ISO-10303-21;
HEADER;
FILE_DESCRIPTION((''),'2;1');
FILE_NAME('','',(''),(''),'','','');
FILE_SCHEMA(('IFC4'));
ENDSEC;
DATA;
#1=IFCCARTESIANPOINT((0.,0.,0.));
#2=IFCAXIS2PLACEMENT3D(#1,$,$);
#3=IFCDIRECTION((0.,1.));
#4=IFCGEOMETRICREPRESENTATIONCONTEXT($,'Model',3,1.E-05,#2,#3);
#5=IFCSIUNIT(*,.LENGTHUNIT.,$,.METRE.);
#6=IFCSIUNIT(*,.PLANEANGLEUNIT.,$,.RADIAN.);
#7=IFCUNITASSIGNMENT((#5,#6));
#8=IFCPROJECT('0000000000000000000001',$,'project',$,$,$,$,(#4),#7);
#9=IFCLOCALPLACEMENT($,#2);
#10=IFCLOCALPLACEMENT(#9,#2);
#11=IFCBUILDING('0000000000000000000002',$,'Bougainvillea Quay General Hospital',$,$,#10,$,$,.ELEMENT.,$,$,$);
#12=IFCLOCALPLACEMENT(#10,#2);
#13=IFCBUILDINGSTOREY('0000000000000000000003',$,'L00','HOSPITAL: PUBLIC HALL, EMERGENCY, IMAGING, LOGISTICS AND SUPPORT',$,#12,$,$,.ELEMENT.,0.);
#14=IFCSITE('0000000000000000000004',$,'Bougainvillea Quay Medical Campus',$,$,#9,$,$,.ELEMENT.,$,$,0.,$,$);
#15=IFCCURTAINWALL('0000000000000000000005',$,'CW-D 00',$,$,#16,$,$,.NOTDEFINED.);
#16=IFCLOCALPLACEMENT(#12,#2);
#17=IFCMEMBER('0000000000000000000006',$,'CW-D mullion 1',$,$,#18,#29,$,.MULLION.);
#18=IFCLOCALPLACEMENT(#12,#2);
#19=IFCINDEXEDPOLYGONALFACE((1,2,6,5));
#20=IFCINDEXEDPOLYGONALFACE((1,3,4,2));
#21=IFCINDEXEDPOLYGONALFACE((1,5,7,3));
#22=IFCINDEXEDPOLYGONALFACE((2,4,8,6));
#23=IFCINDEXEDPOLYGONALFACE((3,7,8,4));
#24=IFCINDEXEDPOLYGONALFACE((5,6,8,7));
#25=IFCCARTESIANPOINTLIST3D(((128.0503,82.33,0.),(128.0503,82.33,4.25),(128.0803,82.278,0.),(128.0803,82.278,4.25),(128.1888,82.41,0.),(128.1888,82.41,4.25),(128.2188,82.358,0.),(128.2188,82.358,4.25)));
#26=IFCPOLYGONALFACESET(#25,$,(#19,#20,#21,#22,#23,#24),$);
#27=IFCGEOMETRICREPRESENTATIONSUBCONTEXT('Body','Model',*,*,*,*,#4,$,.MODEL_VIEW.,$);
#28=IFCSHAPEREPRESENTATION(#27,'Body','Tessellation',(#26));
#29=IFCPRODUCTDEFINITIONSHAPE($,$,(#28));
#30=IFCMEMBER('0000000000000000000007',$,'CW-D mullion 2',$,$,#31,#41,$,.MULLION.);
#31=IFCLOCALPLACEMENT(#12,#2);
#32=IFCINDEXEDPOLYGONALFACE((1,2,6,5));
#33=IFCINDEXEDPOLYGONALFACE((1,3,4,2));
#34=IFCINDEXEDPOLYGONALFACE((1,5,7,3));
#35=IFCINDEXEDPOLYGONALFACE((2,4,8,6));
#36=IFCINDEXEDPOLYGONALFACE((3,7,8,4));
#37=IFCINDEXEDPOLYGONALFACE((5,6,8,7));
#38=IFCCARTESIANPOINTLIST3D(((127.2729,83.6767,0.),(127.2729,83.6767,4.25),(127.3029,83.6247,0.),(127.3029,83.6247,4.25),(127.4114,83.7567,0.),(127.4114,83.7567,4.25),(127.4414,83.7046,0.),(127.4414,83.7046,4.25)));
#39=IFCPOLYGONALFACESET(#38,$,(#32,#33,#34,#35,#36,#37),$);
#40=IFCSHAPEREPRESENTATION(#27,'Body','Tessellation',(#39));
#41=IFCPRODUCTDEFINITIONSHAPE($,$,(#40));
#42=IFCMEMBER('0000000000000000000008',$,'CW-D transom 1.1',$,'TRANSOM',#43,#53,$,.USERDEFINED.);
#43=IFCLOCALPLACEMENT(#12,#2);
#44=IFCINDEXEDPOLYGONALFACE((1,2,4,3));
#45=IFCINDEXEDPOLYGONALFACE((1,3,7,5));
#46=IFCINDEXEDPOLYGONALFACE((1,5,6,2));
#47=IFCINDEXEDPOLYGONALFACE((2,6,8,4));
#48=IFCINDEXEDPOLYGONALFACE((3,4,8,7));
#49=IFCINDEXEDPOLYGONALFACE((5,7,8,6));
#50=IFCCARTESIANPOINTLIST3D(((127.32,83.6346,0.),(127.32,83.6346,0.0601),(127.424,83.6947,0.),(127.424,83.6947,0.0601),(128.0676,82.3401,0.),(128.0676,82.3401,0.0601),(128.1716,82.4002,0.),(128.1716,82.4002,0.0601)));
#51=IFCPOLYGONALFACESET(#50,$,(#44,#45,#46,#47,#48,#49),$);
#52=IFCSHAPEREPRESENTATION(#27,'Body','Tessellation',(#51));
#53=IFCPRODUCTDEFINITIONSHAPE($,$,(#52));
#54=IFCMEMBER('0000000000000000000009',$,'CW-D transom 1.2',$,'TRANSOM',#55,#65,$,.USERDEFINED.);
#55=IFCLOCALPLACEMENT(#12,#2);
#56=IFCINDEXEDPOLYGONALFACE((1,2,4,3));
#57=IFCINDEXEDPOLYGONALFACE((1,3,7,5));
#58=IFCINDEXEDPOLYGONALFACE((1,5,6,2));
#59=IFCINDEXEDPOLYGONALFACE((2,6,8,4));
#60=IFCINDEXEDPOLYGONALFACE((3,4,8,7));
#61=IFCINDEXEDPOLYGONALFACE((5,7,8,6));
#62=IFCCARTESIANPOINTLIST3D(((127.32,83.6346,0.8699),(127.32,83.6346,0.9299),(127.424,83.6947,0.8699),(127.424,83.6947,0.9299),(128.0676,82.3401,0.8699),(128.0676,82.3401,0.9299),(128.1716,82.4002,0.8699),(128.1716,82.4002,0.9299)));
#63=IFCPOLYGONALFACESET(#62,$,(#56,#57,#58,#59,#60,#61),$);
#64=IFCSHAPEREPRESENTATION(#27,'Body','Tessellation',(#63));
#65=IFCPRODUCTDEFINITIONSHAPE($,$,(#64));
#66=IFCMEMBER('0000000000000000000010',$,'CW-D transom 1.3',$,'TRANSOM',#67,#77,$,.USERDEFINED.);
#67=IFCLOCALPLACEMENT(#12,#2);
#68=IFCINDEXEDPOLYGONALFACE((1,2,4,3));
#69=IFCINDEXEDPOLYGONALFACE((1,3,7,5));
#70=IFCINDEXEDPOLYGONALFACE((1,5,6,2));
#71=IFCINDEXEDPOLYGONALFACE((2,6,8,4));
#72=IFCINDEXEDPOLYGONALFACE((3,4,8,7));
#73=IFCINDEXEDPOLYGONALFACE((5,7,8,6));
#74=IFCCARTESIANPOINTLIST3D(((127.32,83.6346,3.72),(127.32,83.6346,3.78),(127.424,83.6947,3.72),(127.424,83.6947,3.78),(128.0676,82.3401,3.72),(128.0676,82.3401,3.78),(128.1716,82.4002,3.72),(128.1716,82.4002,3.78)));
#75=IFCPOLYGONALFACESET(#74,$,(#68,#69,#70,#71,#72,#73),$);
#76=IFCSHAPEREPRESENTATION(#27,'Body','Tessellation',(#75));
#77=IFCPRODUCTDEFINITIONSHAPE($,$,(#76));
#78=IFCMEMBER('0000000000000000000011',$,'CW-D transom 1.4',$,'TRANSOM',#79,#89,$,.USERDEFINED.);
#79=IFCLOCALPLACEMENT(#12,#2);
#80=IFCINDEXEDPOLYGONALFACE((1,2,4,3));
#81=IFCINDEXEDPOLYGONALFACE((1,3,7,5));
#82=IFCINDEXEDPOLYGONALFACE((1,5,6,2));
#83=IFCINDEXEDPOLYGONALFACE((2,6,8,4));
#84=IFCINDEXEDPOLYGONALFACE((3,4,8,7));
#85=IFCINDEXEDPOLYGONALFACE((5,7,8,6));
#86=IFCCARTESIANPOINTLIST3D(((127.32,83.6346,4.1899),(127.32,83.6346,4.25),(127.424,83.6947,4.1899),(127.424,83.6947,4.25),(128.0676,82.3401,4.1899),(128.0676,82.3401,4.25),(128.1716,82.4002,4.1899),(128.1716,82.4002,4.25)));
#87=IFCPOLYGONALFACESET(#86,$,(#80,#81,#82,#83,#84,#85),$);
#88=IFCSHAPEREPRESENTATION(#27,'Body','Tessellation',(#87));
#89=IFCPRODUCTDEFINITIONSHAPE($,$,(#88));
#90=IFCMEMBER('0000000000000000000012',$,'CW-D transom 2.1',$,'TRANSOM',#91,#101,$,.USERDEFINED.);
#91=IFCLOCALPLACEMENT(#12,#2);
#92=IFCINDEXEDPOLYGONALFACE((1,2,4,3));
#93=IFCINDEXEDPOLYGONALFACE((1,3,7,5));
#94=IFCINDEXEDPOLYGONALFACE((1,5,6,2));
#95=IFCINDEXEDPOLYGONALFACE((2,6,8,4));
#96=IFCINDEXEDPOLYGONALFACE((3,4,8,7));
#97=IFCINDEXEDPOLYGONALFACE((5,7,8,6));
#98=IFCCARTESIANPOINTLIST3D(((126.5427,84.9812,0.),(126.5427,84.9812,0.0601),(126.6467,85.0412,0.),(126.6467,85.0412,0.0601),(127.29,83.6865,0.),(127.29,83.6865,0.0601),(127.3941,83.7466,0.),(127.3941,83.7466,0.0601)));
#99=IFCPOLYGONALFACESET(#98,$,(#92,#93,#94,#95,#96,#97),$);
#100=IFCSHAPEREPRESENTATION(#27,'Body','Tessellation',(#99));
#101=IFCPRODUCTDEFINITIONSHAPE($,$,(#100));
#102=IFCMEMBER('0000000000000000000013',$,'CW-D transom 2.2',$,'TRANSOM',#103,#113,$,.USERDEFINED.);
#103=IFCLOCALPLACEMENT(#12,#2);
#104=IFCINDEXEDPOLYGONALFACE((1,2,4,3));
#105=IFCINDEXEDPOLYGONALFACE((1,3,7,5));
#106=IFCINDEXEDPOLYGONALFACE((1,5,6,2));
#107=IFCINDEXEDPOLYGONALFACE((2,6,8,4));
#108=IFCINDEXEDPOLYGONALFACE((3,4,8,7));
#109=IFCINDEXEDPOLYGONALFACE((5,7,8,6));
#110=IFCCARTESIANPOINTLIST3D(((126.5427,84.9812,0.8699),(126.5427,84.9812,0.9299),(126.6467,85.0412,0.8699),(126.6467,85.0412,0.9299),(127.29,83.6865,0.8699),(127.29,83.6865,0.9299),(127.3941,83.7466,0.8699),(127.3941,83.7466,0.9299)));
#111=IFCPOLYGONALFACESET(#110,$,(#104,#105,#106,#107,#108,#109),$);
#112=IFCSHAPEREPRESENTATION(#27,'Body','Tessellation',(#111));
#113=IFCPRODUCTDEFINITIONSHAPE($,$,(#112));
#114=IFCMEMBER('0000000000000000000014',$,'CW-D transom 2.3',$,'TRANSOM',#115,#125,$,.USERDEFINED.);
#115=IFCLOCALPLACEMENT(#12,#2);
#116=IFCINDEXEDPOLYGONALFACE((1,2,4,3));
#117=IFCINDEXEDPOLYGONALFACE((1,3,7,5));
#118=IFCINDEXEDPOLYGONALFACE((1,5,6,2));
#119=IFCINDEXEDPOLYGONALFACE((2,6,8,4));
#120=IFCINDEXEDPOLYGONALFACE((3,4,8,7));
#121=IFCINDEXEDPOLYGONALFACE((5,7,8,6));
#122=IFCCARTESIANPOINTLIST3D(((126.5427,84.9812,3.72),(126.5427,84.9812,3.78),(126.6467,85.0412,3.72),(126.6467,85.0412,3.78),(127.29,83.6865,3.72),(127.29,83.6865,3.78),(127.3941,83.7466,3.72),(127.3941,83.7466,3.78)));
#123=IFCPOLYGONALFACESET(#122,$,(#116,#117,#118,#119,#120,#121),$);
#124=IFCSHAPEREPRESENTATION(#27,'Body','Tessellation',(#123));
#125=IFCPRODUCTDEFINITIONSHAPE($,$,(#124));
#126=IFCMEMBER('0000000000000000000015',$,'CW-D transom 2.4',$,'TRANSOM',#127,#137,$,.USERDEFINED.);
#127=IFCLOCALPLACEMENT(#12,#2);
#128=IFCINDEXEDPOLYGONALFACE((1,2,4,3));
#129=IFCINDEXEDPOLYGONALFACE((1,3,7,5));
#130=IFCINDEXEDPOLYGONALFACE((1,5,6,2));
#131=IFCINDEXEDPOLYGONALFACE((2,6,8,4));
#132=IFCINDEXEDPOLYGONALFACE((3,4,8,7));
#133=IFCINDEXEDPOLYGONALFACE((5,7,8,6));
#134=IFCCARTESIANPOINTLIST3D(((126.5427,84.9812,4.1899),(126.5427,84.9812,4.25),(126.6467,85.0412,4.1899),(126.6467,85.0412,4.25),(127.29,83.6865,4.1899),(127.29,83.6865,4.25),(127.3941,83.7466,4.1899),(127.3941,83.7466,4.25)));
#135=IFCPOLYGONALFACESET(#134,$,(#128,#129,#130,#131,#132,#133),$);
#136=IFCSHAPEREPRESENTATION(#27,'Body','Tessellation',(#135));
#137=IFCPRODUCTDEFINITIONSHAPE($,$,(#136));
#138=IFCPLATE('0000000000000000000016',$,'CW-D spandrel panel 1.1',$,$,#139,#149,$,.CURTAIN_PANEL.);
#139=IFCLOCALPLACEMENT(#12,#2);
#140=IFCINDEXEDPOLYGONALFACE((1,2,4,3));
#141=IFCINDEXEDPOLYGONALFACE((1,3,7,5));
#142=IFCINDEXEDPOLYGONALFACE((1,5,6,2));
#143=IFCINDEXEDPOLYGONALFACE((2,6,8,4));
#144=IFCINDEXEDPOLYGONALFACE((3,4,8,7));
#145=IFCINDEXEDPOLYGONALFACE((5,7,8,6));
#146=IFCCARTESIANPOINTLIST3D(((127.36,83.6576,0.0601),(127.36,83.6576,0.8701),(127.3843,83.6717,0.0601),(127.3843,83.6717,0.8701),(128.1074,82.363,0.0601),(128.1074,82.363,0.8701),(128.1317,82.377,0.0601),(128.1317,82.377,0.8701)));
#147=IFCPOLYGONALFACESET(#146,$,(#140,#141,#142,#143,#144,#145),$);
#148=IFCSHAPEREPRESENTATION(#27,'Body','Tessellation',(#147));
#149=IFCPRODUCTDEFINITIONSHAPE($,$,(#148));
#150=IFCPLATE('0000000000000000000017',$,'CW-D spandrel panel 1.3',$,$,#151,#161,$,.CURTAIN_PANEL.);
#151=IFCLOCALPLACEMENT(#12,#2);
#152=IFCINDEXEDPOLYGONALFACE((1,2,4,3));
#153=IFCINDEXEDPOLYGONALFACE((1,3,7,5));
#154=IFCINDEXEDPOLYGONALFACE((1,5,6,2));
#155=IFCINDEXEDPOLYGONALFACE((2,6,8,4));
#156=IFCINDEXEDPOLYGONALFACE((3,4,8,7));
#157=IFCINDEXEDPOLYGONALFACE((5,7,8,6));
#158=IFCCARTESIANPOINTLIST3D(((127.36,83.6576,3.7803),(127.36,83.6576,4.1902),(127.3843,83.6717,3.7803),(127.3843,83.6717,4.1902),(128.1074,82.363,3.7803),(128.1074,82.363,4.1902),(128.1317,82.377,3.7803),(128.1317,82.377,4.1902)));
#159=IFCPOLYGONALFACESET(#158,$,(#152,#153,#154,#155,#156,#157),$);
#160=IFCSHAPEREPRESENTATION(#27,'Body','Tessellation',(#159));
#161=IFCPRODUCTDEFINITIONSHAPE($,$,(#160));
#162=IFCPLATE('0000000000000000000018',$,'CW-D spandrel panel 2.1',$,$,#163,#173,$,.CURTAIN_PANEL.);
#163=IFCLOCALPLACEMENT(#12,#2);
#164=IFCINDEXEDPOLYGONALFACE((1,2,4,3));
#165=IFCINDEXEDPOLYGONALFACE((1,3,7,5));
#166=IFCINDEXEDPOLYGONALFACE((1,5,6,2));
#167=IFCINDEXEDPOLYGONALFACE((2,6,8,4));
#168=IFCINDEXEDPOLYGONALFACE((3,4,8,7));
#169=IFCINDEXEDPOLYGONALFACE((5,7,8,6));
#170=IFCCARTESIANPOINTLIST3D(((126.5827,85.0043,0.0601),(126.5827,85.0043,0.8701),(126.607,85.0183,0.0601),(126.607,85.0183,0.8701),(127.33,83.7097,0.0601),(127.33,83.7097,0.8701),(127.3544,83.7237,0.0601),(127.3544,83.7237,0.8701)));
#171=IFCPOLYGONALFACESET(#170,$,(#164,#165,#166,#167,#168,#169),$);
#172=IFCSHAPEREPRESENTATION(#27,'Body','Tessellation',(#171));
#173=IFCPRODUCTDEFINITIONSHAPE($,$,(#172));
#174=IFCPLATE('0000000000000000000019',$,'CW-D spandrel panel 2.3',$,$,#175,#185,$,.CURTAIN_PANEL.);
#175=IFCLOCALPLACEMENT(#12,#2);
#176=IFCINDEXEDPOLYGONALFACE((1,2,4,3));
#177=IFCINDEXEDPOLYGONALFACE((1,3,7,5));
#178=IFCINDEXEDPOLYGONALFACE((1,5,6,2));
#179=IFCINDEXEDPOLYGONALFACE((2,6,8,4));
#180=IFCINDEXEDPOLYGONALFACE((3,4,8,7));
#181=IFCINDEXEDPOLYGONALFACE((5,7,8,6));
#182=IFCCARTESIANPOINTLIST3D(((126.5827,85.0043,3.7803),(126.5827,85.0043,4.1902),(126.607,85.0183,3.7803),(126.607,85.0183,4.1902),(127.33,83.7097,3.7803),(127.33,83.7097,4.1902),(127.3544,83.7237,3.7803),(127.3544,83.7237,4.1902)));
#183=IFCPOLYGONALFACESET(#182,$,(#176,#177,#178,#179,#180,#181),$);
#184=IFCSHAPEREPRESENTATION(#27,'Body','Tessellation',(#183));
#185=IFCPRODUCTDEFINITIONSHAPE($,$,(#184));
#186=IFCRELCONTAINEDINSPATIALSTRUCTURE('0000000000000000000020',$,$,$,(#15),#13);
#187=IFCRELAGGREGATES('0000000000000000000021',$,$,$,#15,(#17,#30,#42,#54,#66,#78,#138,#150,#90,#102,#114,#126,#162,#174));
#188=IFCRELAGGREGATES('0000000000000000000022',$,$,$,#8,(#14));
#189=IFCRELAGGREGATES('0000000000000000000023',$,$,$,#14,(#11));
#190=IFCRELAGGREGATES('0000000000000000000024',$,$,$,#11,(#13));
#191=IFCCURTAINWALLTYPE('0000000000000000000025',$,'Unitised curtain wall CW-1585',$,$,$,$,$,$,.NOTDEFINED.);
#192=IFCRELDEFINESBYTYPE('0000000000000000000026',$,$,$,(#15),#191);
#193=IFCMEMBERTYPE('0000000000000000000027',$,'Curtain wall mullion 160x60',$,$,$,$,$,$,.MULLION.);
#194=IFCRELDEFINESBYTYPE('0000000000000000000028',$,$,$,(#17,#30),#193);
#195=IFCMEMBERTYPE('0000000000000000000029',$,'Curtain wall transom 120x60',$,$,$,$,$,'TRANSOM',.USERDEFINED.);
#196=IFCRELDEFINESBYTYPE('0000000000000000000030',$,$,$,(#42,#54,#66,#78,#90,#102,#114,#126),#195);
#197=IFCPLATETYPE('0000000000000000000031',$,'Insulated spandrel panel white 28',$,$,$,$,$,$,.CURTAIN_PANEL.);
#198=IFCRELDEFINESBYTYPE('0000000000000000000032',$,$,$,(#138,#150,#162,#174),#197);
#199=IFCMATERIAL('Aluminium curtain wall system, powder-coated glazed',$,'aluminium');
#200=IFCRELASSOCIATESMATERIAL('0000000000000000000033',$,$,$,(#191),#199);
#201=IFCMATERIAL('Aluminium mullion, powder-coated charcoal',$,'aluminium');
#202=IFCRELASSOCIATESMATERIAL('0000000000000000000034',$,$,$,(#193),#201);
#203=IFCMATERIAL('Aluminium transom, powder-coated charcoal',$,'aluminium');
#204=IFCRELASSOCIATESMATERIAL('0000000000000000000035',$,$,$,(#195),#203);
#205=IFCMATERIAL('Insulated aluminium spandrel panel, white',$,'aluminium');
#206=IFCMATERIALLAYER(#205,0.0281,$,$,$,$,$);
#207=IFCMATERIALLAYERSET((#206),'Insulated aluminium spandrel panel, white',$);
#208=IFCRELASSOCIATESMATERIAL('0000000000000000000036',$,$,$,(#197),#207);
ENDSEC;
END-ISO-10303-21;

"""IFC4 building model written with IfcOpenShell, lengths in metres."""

from ifc_helpers import new_model, si_unit, direction, frame, origin, origin_2d, place, context, subcontext, project, spatial, rectangle, extrude, material, layer, layer_set, material_profile, profile_set, type_object, element, aggregate, save


model = new_model("IFC4")

# Units and contexts
model_context = context("Model", 3, precision=1e-05, world=origin(), true_north=direction((0.0, 1.0)))
body_context = subcontext(model_context, "Body", "Model", "MODEL_VIEW")
ifc_project = project(units=[si_unit("LENGTHUNIT", "METRE"), si_unit("PLANEANGLEUNIT", "RADIAN")], contexts=[model_context])

# Site, building, storey
site_placement = place(None, origin())
site = spatial("IfcSite", under=ifc_project, at=site_placement, Name="Bougainvillea Quay Medical Campus", CompositionType="ELEMENT", RefElevation=0.0)
building_placement = place(site_placement, origin())
building = spatial("IfcBuilding", under=site, at=building_placement, Name="Bougainvillea Quay General Hospital", CompositionType="ELEMENT")
storey_placement = place(building_placement, origin())
storey = spatial("IfcBuildingStorey", under=building, at=storey_placement, Name="L00", Description="HOSPITAL: PUBLIC HALL, EMERGENCY, IMAGING, LOGISTICS AND SUPPORT", CompositionType="ELEMENT", Elevation=0.0)

# Curtain wall, members, plates
ifc_material_1 = material(Name="Aluminium curtain wall system, powder-coated glazed", Category="aluminium")
curtain_wall_type = type_object("IfcCurtainWallType", Name="Unitised curtain wall CW-1585", PredefinedType="NOTDEFINED", material=ifc_material_1)
curtain_wall_placement = place(storey_placement, origin())
curtain_wall = element("IfcCurtainWall", 1, at=curtain_wall_placement, inside=storey, type_object=curtain_wall_type, Name="CW-D 00", PredefinedType="NOTDEFINED")
ifc_material_2 = material(Name="Aluminium mullion, powder-coated charcoal", Category="aluminium")
ifc_material_profile_1 = material_profile(ifc_material_2, rectangle(XDim=0.1599, YDim=0.0601, at=origin_2d()))
ifc_profile_set_1 = profile_set([ifc_material_profile_1], Name="Aluminium mullion, powder-coated charcoal")
member_type_1 = type_object("IfcMemberType", Name="Curtain wall mullion 160x60", PredefinedType="MULLION", material=ifc_profile_set_1)
member_1_placement = place(storey_placement, frame((128.1345, 82.344, 0.0), z_axis=(0.0, 0.0, 1.0), x_axis=(-0.866046, -0.499965, 0.0)))
member_1 = element("IfcMember", 2, at=member_1_placement, type_object=member_type_1, Name="CW-D mullion 1", PredefinedType="MULLION", context=body_context, shape_type="SweptSolid", body=[
    extrude(rectangle(XDim=0.1599, YDim=0.0601, at=origin_2d()), origin(), (0.0, 0.0, 1.0), 4.25),
])
member_2_placement = place(storey_placement, frame((127.3572, 83.6907, 0.0), z_axis=(0.0, 0.0, 1.0), x_axis=(-0.866046, -0.499965, 0.0)))
member_2 = element("IfcMember", 3, at=member_2_placement, type_object=member_type_1, Name="CW-D mullion 2", PredefinedType="MULLION", context=body_context, shape_type="SweptSolid", body=[
    extrude(rectangle(XDim=0.1599, YDim=0.0601, at=origin_2d()), origin(), (0.0, 0.0, 1.0), 4.25),
])
ifc_material_3 = material(Name="Aluminium transom, powder-coated charcoal", Category="aluminium")
ifc_material_profile_2 = material_profile(ifc_material_3, rectangle(XDim=0.1201, YDim=0.0601, at=origin_2d()))
ifc_profile_set_2 = profile_set([ifc_material_profile_2], Name="Aluminium transom, powder-coated charcoal")
member_type_2 = type_object("IfcMemberType", Name="Curtain wall transom 120x60", ElementType="TRANSOM", PredefinedType="USERDEFINED", material=ifc_profile_set_2)
member_3_placement = place(storey_placement, frame((128.1196, 82.3701, 0.03), z_axis=(-0.500109, 0.865963, 0.0), x_axis=(-0.865963, -0.500109, 0.0)))
member_3 = element("IfcMember", 4, at=member_3_placement, type_object=member_type_2, Name="CW-D transom 1.1", ObjectType="TRANSOM", PredefinedType="USERDEFINED", context=body_context, shape_type="SweptSolid", body=[
    extrude(rectangle(XDim=0.1201, YDim=0.0601, at=origin_2d()), origin(), (0.0, 0.0, 1.0), 1.4949),
])
member_4_placement = place(storey_placement, frame((128.1196, 82.3701, 0.8999), z_axis=(-0.500109, 0.865963, 0.0), x_axis=(-0.865963, -0.500109, 0.0)))
member_4 = element("IfcMember", 5, at=member_4_placement, type_object=member_type_2, Name="CW-D transom 1.2", ObjectType="TRANSOM", PredefinedType="USERDEFINED", context=body_context, shape_type="SweptSolid", body=[
    extrude(rectangle(XDim=0.1201, YDim=0.0601, at=origin_2d()), origin(), (0.0, 0.0, 1.0), 1.4949),
])
member_5_placement = place(storey_placement, frame((128.1196, 82.3701, 3.75), z_axis=(-0.500109, 0.865963, 0.0), x_axis=(-0.865963, -0.500109, 0.0)))
member_5 = element("IfcMember", 6, at=member_5_placement, type_object=member_type_2, Name="CW-D transom 1.3", ObjectType="TRANSOM", PredefinedType="USERDEFINED", context=body_context, shape_type="SweptSolid", body=[
    extrude(rectangle(XDim=0.1201, YDim=0.0601, at=origin_2d()), origin(), (0.0, 0.0, 1.0), 1.4949),
])
member_6_placement = place(storey_placement, frame((128.1196, 82.3701, 4.22), z_axis=(-0.500109, 0.865963, 0.0), x_axis=(-0.865963, -0.500109, 0.0)))
member_6 = element("IfcMember", 7, at=member_6_placement, type_object=member_type_2, Name="CW-D transom 1.4", ObjectType="TRANSOM", PredefinedType="USERDEFINED", context=body_context, shape_type="SweptSolid", body=[
    extrude(rectangle(XDim=0.1201, YDim=0.0601, at=origin_2d()), origin(), (0.0, 0.0, 1.0), 1.4949),
])
member_7_placement = place(storey_placement, frame((127.342, 83.7166, 0.03), z_axis=(-0.499916, 0.866074, 0.0), x_axis=(-0.866074, -0.499916, 0.0)))
member_7 = element("IfcMember", 8, at=member_7_placement, type_object=member_type_2, Name="CW-D transom 2.1", ObjectType="TRANSOM", PredefinedType="USERDEFINED", context=body_context, shape_type="SweptSolid", body=[
    extrude(rectangle(XDim=0.1201, YDim=0.0601, at=origin_2d()), origin(), (0.0, 0.0, 1.0), 1.4949),
])
member_8_placement = place(storey_placement, frame((127.342, 83.7166, 0.8999), z_axis=(-0.499916, 0.866074, 0.0), x_axis=(-0.866074, -0.499916, 0.0)))
member_8 = element("IfcMember", 9, at=member_8_placement, type_object=member_type_2, Name="CW-D transom 2.2", ObjectType="TRANSOM", PredefinedType="USERDEFINED", context=body_context, shape_type="SweptSolid", body=[
    extrude(rectangle(XDim=0.1201, YDim=0.0601, at=origin_2d()), origin(), (0.0, 0.0, 1.0), 1.4949),
])
member_9_placement = place(storey_placement, frame((127.342, 83.7166, 3.75), z_axis=(-0.499916, 0.866074, 0.0), x_axis=(-0.866074, -0.499916, 0.0)))
member_9 = element("IfcMember", 10, at=member_9_placement, type_object=member_type_2, Name="CW-D transom 2.3", ObjectType="TRANSOM", PredefinedType="USERDEFINED", context=body_context, shape_type="SweptSolid", body=[
    extrude(rectangle(XDim=0.1201, YDim=0.0601, at=origin_2d()), origin(), (0.0, 0.0, 1.0), 1.4949),
])
member_10_placement = place(storey_placement, frame((127.342, 83.7166, 4.22), z_axis=(-0.499916, 0.866074, 0.0), x_axis=(-0.866074, -0.499916, 0.0)))
member_10 = element("IfcMember", 11, at=member_10_placement, type_object=member_type_2, Name="CW-D transom 2.4", ObjectType="TRANSOM", PredefinedType="USERDEFINED", context=body_context, shape_type="SweptSolid", body=[
    extrude(rectangle(XDim=0.1201, YDim=0.0601, at=origin_2d()), origin(), (0.0, 0.0, 1.0), 1.4949),
])
ifc_material_4 = material(Name="Insulated aluminium spandrel panel, white", Category="aluminium")
ifc_layer_1 = layer(ifc_material_4, 0.0281)
ifc_layer_set_1 = layer_set([ifc_layer_1], Name="Insulated aluminium spandrel panel, white")
plate_type_1 = type_object("IfcPlateType", Name="Insulated spandrel panel white 28", PredefinedType="CURTAIN_PANEL", material=ifc_layer_set_1)
plate_1_placement = place(storey_placement, frame((127.7458, 83.0173, 0.0601), z_axis=(0.0, 0.0, 1.0), x_axis=(-0.499965, 0.866046, 0.0)))
plate_1 = element("IfcPlate", 12, at=plate_1_placement, type_object=plate_type_1, Name="CW-D spandrel panel 1.1", PredefinedType="CURTAIN_PANEL", context=body_context, shape_type="SweptSolid", body=[
    extrude(rectangle(XDim=1.4949, YDim=0.0281, at=origin_2d()), origin(), (0.0, 0.0, 1.0), 0.8101),
])
plate_2_placement = place(storey_placement, frame((127.7458, 83.0173, 3.7803), z_axis=(0.0, 0.0, 1.0), x_axis=(-0.499965, 0.866046, 0.0)))
plate_2 = element("IfcPlate", 13, at=plate_2_placement, type_object=plate_type_1, Name="CW-D spandrel panel 1.3", PredefinedType="CURTAIN_PANEL", context=body_context, shape_type="SweptSolid", body=[
    extrude(rectangle(XDim=1.4949, YDim=0.0281, at=origin_2d()), origin(), (0.0, 0.0, 1.0), 0.4099),
])
plate_3_placement = place(storey_placement, frame((126.9685, 84.364, 0.0601), z_axis=(0.0, 0.0, 1.0), x_axis=(-0.499965, 0.866046, 0.0)))
plate_3 = element("IfcPlate", 14, at=plate_3_placement, type_object=plate_type_1, Name="CW-D spandrel panel 2.1", PredefinedType="CURTAIN_PANEL", context=body_context, shape_type="SweptSolid", body=[
    extrude(rectangle(XDim=1.4949, YDim=0.0281, at=origin_2d()), origin(), (0.0, 0.0, 1.0), 0.8101),
])
plate_4_placement = place(storey_placement, frame((126.9685, 84.364, 3.7803), z_axis=(0.0, 0.0, 1.0), x_axis=(-0.499965, 0.866046, 0.0)))
plate_4 = element("IfcPlate", 15, at=plate_4_placement, type_object=plate_type_1, Name="CW-D spandrel panel 2.3", PredefinedType="CURTAIN_PANEL", context=body_context, shape_type="SweptSolid", body=[
    extrude(rectangle(XDim=1.4949, YDim=0.0281, at=origin_2d()), origin(), (0.0, 0.0, 1.0), 0.4099),
])
aggregate(curtain_wall, [member_1, member_2, member_3, member_4, member_5, member_6, plate_1, plate_2, member_7, member_8, member_9, member_10, plate_3, plate_4])

save(model, "model.ifc")
